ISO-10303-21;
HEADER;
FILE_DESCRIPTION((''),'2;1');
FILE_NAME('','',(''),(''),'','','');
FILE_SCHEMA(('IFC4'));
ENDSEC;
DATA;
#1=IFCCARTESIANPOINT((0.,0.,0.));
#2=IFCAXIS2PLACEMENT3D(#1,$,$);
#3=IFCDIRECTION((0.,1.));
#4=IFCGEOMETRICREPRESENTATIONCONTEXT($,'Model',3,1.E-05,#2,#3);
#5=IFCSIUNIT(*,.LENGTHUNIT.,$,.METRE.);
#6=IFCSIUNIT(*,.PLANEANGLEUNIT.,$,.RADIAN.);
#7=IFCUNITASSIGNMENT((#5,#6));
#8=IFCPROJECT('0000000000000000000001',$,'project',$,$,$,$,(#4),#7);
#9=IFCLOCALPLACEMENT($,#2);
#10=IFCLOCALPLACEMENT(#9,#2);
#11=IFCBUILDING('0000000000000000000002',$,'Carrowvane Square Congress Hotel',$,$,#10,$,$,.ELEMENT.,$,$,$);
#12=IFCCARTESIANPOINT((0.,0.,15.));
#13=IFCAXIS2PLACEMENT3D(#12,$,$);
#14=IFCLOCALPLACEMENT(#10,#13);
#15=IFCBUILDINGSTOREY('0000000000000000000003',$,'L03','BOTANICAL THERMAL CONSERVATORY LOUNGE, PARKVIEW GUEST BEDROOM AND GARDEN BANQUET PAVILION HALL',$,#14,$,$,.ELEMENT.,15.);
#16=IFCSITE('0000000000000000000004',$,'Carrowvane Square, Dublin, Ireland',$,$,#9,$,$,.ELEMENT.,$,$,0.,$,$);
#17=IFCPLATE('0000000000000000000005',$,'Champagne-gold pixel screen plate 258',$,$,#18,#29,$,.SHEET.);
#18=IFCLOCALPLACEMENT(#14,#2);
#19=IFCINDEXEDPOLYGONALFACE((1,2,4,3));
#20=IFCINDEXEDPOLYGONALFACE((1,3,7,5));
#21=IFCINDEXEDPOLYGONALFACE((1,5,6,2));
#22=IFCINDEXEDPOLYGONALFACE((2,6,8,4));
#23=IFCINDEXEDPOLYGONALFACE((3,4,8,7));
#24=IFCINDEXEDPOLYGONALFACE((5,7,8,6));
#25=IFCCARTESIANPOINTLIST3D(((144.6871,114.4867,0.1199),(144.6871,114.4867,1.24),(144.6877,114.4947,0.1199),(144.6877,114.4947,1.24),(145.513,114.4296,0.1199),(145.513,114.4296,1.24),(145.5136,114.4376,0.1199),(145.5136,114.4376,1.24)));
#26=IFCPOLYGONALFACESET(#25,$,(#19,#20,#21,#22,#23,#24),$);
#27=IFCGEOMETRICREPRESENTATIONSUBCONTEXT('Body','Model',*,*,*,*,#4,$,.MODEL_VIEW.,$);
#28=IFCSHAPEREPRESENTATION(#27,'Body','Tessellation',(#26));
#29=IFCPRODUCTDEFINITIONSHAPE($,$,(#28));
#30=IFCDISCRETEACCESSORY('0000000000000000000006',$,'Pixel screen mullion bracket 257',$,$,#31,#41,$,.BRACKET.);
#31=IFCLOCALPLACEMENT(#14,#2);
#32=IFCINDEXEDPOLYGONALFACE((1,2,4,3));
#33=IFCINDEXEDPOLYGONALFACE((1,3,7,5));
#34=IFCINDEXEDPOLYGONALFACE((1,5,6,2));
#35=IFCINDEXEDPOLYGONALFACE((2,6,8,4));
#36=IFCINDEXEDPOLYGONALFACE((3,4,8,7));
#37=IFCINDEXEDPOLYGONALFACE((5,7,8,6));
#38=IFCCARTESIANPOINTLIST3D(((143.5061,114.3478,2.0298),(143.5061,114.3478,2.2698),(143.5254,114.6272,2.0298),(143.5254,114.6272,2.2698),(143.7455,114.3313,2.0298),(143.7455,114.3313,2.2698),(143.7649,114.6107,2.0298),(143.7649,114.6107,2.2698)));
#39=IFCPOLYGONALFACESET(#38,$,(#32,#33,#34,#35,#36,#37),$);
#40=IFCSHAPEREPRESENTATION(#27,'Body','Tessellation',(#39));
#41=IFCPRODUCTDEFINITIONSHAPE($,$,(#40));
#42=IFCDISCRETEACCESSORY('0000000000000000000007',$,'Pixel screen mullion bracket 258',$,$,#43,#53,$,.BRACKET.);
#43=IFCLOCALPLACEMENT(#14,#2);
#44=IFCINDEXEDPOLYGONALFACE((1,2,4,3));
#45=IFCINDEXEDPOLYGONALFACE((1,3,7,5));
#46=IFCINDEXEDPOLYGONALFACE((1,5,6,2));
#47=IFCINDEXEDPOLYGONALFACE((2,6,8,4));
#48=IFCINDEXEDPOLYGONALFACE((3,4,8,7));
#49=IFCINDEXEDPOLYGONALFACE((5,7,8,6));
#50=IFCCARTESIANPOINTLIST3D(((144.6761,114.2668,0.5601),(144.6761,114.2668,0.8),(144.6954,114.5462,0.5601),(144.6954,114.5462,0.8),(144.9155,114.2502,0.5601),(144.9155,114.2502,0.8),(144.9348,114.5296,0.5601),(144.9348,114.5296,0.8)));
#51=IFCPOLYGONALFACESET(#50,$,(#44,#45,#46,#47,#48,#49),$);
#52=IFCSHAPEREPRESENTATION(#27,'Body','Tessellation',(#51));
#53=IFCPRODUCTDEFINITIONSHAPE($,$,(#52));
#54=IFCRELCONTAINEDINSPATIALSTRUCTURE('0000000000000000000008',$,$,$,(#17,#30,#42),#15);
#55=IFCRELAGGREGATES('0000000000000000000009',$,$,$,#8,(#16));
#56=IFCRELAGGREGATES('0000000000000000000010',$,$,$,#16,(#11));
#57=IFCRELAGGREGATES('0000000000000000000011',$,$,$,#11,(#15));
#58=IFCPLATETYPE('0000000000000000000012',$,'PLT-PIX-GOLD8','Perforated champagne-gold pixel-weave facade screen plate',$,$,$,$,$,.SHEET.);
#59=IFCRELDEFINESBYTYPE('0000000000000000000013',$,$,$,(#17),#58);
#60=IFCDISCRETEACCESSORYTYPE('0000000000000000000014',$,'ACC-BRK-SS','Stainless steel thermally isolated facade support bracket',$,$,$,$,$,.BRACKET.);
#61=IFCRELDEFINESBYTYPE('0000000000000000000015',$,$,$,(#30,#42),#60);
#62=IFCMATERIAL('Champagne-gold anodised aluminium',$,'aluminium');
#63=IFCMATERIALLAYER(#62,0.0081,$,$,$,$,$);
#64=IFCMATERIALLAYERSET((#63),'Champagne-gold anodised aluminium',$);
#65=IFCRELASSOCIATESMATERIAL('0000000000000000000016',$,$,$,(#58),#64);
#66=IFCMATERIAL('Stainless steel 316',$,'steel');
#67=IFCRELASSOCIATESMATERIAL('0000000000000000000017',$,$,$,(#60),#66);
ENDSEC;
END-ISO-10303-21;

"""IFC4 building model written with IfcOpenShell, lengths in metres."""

from ifc_helpers import new_model, si_unit, direction, frame, origin, origin_2d, place, context, subcontext, project, spatial, rectangle, extrude, material, layer, layer_set, type_object, element, save


model = new_model("IFC4")

# Units and contexts
model_context = context("Model", 3, precision=1e-05, world=origin(), true_north=direction((0.0, 1.0)))
body_context = subcontext(model_context, "Body", "Model", "MODEL_VIEW")
ifc_project = project(units=[si_unit("LENGTHUNIT", "METRE"), si_unit("PLANEANGLEUNIT", "RADIAN")], contexts=[model_context])

# Site, building, storey
site_placement = place(None, origin())
site = spatial("IfcSite", under=ifc_project, at=site_placement, Name="Carrowvane Square, Dublin, Ireland", CompositionType="ELEMENT", RefElevation=0.0)
building_placement = place(site_placement, origin())
building = spatial("IfcBuilding", under=site, at=building_placement, Name="Carrowvane Square Congress Hotel", CompositionType="ELEMENT")
storey_placement = place(building_placement, frame((0.0, 0.0, 15.0)))
storey = spatial("IfcBuildingStorey", under=building, at=storey_placement, Name="L03", Description="BOTANICAL THERMAL CONSERVATORY LOUNGE, PARKVIEW GUEST BEDROOM AND GARDEN BANQUET PAVILION HALL", CompositionType="ELEMENT", Elevation=15.0)

# Plate
ifc_material_1 = material(Name="Champagne-gold anodised aluminium", Category="aluminium")
ifc_layer_1 = layer(ifc_material_1, 0.0081)
ifc_layer_set_1 = layer_set([ifc_layer_1], Name="Champagne-gold anodised aluminium")
plate_type_1 = type_object("IfcPlateType", Name="PLT-PIX-GOLD8", Description="Perforated champagne-gold pixel-weave facade screen plate", PredefinedType="SHEET", material=ifc_layer_set_1)
for number, where, z_axis, x_axis, name in (
    (1, (145.1003, 114.4622, 0.1199), (0.0, 0.0, 1.0), (0.997618, -0.068987, 0.0), "Champagne-gold pixel screen plate 258"),
):
    element("IfcPlate", number, at=place(storey_placement, frame(where, z_axis=z_axis, x_axis=x_axis)), inside=storey, type_object=plate_type_1, Name=name, PredefinedType="SHEET", context=body_context, shape_type="SweptSolid", body=[
        extrude(rectangle(XDim=0.8279, YDim=0.0081, at=origin_2d()), origin(), (0.0, 0.0, 1.0), 1.1201),
    ])

# Discrete accessories
ifc_material_2 = material(Name="Stainless steel 316", Category="steel")
discrete_accessory_type = type_object("IfcDiscreteAccessoryType", Name="ACC-BRK-SS", Description="Stainless steel thermally isolated facade support bracket", PredefinedType="BRACKET", material=ifc_material_2)
for number, where, z_axis, x_axis, name in (
    (2, (143.6355, 114.4792, 2.0298), (0.0, 0.0, 1.0), (0.997618, -0.068987, 0.0), "Pixel screen mullion bracket 257"),
    (3, (144.8054, 114.3982, 0.5601), (0.0, 0.0, 1.0), (0.997618, -0.068987, 0.0), "Pixel screen mullion bracket 258"),
):
    element("IfcDiscreteAccessory", number, at=place(storey_placement, frame(where, z_axis=z_axis, x_axis=x_axis)), inside=storey, type_object=discrete_accessory_type, Name=name, PredefinedType="BRACKET", context=body_context, shape_type="SweptSolid", body=[
        extrude(rectangle(XDim=0.24, YDim=0.28, at=origin_2d()), origin(), (0.0, 0.0, 1.0), 0.24),
    ])

save(model, "model.ifc")
